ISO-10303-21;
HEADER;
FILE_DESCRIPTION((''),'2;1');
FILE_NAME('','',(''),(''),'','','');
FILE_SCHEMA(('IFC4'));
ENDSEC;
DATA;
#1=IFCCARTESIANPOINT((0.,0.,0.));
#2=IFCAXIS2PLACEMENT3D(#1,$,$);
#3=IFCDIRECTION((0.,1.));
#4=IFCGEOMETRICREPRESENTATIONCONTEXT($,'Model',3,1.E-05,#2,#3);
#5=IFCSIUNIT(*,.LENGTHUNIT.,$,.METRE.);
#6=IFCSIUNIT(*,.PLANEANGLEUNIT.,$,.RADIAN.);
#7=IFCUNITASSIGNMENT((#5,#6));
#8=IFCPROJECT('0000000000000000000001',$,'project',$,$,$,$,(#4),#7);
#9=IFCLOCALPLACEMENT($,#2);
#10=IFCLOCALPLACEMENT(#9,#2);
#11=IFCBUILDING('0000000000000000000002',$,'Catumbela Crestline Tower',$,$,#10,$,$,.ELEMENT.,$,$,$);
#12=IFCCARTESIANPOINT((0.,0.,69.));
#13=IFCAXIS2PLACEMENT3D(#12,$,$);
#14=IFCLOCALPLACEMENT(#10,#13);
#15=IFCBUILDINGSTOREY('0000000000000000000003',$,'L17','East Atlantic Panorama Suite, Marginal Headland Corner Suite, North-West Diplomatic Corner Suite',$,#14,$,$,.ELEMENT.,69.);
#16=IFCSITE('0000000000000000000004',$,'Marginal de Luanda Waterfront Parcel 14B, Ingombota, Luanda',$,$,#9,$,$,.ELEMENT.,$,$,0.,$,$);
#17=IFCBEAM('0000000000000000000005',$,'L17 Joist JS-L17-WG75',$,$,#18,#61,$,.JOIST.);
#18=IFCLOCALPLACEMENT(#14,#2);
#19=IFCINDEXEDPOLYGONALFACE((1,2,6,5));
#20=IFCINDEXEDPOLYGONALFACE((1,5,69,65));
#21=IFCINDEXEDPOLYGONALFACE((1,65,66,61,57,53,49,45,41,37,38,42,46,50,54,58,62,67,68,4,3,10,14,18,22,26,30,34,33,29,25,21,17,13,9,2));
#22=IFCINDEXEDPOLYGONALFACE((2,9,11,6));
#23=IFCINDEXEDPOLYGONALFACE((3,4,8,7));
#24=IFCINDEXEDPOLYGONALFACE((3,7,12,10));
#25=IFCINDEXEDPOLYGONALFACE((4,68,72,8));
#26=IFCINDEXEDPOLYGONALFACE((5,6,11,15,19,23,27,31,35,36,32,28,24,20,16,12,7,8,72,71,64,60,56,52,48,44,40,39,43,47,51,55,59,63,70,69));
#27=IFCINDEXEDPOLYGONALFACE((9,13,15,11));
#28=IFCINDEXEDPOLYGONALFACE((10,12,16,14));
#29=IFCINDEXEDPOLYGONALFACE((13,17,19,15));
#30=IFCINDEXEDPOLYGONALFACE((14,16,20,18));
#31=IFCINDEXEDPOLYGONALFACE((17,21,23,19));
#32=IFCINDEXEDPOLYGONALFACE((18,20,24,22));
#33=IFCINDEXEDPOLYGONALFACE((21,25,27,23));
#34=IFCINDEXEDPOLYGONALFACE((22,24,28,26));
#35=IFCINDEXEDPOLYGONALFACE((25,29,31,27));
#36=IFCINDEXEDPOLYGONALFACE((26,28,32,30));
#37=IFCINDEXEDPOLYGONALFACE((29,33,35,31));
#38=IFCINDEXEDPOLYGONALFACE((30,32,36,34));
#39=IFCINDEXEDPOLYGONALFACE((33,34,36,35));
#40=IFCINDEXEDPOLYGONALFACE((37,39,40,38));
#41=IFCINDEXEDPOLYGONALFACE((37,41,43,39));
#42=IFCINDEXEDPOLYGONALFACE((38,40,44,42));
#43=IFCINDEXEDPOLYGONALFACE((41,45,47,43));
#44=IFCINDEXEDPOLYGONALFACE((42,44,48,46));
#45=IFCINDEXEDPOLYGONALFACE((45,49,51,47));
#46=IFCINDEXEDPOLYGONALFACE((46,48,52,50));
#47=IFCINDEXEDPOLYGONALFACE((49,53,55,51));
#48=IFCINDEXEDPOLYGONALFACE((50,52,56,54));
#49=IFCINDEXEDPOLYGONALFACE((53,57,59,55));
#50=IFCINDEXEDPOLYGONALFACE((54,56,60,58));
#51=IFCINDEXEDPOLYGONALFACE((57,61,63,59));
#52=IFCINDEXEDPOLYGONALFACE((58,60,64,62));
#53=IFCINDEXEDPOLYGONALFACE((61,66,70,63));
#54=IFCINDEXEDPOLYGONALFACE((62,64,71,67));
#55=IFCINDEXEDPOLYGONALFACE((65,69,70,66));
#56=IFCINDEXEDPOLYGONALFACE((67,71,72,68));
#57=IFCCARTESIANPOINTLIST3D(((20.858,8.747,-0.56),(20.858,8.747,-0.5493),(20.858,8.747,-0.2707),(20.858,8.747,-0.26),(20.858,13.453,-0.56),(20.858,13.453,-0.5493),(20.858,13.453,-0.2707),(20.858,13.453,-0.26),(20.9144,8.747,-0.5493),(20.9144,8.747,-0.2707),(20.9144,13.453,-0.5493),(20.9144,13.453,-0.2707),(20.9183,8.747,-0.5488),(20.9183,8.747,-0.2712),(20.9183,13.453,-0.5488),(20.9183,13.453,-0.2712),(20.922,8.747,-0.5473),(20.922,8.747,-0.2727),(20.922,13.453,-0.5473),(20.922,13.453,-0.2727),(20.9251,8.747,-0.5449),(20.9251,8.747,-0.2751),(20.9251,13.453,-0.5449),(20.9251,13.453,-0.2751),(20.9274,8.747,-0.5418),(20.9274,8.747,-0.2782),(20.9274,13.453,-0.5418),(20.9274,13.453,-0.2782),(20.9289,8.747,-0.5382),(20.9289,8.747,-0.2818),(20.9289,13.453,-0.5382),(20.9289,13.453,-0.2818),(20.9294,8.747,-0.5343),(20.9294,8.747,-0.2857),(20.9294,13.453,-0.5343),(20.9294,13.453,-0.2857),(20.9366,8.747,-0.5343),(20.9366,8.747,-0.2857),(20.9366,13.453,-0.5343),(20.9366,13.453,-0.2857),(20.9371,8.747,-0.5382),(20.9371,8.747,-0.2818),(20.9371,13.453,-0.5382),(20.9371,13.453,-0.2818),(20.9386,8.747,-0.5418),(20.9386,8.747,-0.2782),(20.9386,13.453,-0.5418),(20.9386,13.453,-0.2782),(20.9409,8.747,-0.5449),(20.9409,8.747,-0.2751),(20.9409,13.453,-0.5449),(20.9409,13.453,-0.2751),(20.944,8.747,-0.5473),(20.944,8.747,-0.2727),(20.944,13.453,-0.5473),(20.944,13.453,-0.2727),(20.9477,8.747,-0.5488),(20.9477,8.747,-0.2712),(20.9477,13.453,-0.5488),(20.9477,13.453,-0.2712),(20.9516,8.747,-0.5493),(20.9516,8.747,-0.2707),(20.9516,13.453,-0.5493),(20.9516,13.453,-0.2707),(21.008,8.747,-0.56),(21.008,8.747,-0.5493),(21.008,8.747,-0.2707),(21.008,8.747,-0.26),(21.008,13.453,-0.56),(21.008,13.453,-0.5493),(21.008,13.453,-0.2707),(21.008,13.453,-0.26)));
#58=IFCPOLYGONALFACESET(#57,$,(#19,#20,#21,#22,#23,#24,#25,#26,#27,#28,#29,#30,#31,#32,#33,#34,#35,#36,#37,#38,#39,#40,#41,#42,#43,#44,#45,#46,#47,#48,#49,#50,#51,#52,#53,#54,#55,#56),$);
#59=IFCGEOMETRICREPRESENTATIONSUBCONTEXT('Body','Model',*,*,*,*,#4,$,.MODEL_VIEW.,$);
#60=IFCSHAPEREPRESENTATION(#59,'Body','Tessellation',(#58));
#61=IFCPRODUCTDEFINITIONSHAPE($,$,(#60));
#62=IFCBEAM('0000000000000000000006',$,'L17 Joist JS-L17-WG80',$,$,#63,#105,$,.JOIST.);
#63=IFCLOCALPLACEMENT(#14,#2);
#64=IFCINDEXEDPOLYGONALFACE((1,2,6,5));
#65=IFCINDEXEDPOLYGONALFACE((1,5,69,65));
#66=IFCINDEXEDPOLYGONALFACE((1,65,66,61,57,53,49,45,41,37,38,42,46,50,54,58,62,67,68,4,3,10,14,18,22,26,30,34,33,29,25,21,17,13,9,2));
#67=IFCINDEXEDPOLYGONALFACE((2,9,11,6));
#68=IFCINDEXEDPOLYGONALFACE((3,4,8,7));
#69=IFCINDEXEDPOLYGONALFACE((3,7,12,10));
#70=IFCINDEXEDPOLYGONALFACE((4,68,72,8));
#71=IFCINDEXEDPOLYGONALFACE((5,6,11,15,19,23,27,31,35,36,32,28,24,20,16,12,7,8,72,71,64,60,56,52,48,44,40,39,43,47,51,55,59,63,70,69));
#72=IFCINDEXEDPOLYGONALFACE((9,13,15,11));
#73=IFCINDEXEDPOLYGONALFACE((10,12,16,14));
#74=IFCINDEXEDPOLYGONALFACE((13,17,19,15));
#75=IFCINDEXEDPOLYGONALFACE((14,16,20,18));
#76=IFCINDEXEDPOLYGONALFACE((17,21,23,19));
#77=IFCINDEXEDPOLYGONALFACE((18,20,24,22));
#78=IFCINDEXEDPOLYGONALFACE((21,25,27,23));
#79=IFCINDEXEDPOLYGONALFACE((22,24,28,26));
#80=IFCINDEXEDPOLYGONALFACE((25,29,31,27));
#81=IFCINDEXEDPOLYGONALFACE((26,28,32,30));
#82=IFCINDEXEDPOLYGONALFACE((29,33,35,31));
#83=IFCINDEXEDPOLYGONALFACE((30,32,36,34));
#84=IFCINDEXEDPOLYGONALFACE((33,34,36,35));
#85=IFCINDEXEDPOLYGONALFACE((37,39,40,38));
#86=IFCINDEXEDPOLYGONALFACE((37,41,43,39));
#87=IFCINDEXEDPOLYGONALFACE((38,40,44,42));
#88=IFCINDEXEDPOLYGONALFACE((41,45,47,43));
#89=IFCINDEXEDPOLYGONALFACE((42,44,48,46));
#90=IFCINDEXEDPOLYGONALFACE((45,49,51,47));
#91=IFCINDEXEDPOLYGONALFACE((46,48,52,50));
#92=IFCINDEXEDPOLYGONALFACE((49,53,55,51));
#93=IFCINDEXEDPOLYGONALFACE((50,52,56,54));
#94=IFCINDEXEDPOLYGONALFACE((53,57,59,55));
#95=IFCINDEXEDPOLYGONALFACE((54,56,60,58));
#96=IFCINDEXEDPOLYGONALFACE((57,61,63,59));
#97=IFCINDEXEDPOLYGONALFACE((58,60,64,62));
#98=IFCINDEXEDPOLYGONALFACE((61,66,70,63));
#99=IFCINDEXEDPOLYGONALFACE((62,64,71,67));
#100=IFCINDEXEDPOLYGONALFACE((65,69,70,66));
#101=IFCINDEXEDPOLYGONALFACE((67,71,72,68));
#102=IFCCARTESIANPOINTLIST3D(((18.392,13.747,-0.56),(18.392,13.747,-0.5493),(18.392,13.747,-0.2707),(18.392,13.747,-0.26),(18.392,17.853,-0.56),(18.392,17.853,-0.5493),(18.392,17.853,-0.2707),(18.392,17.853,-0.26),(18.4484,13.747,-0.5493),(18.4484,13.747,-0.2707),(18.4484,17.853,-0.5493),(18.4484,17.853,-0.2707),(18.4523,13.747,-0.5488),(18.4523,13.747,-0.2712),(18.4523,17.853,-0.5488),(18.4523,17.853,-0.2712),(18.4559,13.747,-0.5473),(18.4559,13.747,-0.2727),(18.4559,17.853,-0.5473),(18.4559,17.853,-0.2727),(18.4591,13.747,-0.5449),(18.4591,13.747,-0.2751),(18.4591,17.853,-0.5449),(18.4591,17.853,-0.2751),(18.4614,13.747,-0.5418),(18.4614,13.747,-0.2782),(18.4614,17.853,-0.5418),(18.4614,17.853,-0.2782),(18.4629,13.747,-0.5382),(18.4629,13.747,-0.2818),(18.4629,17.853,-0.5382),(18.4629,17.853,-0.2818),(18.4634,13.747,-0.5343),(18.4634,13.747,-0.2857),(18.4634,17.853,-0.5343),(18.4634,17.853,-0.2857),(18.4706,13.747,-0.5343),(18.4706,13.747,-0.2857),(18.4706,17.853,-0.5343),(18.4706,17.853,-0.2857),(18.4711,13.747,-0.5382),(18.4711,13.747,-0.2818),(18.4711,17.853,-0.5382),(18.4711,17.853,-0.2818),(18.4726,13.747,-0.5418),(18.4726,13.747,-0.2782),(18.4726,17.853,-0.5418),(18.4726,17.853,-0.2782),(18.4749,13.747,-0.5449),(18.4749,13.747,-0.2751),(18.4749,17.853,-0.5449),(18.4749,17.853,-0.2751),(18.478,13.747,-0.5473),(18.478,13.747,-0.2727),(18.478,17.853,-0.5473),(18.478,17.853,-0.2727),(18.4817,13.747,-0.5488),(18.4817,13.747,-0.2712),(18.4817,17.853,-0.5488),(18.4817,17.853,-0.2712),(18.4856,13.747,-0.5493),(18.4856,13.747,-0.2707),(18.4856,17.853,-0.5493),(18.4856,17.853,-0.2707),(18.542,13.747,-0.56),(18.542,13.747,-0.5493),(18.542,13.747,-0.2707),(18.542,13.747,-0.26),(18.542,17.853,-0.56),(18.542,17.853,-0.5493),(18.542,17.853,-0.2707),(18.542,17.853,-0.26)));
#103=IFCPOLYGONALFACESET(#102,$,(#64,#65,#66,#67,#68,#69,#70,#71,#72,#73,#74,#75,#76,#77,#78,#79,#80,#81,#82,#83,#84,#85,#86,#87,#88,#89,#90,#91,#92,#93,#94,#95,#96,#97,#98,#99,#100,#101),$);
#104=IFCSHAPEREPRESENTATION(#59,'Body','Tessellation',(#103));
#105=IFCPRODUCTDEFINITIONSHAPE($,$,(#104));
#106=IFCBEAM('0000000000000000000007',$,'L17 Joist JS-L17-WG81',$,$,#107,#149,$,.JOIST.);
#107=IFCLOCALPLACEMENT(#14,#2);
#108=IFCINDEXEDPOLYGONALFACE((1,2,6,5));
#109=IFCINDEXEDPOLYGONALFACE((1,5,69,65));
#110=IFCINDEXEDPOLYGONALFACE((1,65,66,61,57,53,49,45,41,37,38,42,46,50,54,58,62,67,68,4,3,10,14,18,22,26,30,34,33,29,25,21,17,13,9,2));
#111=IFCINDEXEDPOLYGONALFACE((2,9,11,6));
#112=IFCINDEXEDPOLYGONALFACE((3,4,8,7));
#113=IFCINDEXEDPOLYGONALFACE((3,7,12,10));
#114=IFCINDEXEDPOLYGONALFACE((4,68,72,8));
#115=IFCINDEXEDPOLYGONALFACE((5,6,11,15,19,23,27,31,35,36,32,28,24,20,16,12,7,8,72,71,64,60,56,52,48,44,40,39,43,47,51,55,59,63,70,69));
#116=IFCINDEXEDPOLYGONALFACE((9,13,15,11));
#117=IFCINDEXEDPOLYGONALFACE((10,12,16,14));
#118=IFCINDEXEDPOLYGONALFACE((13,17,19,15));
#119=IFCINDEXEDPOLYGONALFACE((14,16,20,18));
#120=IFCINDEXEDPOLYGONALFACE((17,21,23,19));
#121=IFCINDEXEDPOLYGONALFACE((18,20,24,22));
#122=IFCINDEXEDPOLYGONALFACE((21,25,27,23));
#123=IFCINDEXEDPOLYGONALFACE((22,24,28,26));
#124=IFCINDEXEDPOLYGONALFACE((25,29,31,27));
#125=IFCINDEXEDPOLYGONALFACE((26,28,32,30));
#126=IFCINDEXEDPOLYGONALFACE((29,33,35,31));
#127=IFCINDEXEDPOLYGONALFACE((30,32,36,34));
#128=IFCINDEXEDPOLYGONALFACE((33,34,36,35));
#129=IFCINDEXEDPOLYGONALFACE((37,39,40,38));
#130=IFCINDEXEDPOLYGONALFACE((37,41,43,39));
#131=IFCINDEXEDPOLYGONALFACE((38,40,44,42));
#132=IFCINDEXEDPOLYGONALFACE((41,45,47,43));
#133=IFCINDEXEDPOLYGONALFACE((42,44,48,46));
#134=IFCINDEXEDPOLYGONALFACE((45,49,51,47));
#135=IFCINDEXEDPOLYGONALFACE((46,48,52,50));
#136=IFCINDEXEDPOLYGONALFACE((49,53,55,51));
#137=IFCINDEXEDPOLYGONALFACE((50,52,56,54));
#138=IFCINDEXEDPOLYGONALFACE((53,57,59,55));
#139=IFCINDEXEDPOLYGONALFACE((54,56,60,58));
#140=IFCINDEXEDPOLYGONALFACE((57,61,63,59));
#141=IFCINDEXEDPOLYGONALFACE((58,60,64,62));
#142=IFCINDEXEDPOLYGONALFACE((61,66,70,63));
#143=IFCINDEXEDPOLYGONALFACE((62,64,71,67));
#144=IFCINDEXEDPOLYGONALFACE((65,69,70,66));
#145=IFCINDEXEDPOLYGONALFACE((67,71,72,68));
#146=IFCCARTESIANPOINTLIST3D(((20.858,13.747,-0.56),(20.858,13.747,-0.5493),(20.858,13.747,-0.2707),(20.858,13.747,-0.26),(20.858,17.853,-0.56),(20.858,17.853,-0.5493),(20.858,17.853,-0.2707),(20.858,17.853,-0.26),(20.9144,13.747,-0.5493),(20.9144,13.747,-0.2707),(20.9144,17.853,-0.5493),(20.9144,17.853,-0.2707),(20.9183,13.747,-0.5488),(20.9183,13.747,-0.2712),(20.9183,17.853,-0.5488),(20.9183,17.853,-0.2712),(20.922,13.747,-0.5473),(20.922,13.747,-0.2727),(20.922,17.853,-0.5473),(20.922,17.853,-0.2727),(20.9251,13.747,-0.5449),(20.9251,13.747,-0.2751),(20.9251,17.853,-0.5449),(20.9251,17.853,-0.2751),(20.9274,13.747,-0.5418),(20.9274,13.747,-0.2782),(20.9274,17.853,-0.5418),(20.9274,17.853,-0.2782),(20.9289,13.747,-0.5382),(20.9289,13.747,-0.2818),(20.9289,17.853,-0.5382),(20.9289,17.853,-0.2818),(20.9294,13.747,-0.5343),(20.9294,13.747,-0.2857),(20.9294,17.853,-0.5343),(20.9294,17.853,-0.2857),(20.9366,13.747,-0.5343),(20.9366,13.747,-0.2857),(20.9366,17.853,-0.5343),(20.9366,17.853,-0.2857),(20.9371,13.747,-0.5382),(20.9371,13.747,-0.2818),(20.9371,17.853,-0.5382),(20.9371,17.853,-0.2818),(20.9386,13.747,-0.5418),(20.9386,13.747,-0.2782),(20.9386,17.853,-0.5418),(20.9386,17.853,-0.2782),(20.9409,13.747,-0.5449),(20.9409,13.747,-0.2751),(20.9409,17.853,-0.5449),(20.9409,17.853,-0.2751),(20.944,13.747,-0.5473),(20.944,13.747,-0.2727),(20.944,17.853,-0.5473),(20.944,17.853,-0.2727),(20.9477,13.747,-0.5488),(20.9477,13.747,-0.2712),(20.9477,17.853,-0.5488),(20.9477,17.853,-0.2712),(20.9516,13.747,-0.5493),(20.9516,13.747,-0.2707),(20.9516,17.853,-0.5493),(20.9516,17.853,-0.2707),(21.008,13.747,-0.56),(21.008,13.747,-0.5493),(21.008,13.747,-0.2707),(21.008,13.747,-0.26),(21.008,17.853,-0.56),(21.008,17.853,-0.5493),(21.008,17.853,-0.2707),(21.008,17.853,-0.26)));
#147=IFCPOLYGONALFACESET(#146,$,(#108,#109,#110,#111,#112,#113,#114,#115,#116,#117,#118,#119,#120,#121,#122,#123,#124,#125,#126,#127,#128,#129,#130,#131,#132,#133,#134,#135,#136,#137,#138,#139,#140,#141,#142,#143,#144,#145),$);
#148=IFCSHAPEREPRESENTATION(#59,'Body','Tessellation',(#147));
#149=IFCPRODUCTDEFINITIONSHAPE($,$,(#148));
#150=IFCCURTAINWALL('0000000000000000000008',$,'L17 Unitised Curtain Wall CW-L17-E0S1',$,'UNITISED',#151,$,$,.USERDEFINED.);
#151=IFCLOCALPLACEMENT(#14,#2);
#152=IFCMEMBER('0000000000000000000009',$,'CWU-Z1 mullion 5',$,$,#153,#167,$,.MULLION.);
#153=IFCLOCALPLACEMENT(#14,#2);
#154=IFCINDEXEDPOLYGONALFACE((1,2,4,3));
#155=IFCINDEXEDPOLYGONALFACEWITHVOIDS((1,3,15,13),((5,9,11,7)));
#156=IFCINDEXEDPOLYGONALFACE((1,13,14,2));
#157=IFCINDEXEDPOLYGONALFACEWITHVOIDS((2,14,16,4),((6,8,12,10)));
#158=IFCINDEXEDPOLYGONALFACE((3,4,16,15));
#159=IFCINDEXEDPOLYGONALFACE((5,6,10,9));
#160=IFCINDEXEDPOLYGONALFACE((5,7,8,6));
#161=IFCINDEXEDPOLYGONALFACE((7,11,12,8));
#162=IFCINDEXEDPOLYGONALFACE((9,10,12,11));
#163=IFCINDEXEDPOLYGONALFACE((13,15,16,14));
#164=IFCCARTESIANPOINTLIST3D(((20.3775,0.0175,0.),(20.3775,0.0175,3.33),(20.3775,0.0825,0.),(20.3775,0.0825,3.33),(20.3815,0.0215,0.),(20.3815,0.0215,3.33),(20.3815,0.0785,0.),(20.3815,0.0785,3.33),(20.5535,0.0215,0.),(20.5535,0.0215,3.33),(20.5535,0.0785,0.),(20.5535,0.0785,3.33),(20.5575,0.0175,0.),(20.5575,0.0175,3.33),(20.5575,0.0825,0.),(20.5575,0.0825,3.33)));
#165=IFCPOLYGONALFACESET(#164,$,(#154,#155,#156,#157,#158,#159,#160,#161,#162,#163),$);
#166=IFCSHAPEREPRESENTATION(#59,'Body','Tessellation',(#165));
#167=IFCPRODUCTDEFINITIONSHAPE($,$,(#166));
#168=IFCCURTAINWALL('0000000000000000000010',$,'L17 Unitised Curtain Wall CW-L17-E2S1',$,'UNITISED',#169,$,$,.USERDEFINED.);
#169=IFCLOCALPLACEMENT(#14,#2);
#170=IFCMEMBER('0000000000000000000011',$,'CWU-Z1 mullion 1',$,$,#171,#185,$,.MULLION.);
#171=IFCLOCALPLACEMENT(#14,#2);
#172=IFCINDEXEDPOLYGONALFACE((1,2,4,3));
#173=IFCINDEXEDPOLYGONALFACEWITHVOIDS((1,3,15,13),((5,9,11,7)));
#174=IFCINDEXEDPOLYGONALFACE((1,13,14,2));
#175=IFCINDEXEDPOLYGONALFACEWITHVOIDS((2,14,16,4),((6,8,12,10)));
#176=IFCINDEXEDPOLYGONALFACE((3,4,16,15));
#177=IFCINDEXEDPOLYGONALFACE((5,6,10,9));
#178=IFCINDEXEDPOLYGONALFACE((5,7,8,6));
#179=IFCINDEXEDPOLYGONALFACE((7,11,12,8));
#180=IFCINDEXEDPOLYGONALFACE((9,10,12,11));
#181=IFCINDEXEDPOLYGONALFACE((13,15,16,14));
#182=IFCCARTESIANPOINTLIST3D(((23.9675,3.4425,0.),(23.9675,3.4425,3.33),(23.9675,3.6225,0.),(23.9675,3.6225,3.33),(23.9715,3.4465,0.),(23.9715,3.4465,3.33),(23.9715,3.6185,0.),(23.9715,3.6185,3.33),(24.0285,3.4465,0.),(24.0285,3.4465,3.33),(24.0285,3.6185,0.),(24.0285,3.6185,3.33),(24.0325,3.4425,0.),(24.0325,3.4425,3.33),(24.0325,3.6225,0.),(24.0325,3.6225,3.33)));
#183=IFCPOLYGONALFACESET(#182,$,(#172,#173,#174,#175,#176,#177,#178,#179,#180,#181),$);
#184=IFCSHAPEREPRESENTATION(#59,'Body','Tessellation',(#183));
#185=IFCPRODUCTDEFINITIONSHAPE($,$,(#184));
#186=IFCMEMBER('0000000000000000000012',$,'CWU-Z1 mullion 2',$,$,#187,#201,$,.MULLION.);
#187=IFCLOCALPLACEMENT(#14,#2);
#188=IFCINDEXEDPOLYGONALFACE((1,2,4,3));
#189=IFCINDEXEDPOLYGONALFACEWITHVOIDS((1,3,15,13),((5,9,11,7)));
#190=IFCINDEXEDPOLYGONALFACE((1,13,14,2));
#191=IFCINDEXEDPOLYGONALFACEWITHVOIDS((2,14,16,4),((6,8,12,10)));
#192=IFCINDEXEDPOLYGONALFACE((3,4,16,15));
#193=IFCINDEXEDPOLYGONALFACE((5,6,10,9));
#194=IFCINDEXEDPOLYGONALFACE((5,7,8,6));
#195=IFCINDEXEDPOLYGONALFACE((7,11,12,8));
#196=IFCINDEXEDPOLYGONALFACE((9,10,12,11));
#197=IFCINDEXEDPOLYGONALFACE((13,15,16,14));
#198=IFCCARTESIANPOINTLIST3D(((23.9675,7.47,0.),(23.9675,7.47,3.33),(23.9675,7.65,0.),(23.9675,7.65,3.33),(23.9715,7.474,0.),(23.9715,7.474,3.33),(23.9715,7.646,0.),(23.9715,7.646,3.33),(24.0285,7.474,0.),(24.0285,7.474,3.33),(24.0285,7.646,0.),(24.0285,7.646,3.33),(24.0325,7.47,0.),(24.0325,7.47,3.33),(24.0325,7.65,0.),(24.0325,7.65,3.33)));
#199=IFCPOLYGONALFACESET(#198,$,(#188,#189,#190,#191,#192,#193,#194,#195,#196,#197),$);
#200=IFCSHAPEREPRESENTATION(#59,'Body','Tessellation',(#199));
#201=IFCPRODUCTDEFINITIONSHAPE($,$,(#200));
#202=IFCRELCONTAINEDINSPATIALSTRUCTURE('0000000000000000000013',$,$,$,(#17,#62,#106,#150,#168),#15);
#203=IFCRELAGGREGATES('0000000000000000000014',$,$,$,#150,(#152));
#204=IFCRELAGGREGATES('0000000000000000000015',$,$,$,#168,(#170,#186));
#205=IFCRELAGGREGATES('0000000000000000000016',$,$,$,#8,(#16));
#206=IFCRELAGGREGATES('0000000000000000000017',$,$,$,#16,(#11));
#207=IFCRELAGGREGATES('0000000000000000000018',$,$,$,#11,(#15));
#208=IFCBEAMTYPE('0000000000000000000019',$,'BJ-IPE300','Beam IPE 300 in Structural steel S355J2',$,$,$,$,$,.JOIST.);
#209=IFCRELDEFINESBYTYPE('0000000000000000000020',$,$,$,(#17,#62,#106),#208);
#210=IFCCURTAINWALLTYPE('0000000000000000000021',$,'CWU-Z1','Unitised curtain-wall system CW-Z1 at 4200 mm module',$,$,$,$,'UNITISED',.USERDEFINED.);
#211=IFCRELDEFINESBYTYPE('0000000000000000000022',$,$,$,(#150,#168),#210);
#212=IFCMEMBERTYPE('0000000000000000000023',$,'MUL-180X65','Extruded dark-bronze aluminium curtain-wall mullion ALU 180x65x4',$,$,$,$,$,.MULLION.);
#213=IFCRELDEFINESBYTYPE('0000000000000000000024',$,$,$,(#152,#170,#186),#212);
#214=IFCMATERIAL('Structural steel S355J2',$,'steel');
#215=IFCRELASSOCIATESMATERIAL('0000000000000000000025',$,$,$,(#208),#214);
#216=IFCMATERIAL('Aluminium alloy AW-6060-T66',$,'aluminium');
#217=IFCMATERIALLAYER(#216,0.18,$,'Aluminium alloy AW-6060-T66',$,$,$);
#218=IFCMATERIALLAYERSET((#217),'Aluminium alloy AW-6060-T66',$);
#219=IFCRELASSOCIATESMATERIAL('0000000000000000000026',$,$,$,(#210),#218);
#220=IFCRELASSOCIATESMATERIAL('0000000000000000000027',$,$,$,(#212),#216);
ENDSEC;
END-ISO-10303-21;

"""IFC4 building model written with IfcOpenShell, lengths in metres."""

from ifc_helpers import new_model, si_unit, direction, frame, origin, origin_2d, place, context, subcontext, project, spatial, hollow_rectangle, i_section, extrude, material, layer, layer_set, material_profile, profile_set, type_object, element, aggregate, save


model = new_model("IFC4")

# Units and contexts
model_context = context("Model", 3, precision=1e-05, world=origin(), true_north=direction((0.0, 1.0)))
body_context = subcontext(model_context, "Body", "Model", "MODEL_VIEW")
ifc_project = project(units=[si_unit("LENGTHUNIT", "METRE"), si_unit("PLANEANGLEUNIT", "RADIAN")], contexts=[model_context])

# Site, building, storey
site_placement = place(None, origin())
site = spatial("IfcSite", under=ifc_project, at=site_placement, Name="Marginal de Luanda Waterfront Parcel 14B, Ingombota, Luanda", CompositionType="ELEMENT", RefElevation=0.0)
building_placement = place(site_placement, origin())
building = spatial("IfcBuilding", under=site, at=building_placement, Name="Catumbela Crestline Tower", CompositionType="ELEMENT")
storey_placement = place(building_placement, frame((0.0, 0.0, 69.0)))
storey = spatial("IfcBuildingStorey", under=building, at=storey_placement, Name="L17", Description="East Atlantic Panorama Suite, Marginal Headland Corner Suite, North-West Diplomatic Corner Suite", CompositionType="ELEMENT", Elevation=69.0)

# Beams
ifc_material_1 = material(Name="Structural steel S355J2", Category="steel")
ifc_material_profile_1 = material_profile(ifc_material_1, i_section(OverallWidth=0.15, OverallDepth=0.3, WebThickness=0.0071, FlangeThickness=0.0107, FilletRadius=0.015, at=origin_2d()), Name="IPE 300")
ifc_profile_set_1 = profile_set([ifc_material_profile_1], Name="Structural steel S355J2")
beam_type_1 = type_object("IfcBeamType", Name="BJ-IPE300", Description="Beam IPE 300 in Structural steel S355J2", PredefinedType="JOIST", material=ifc_profile_set_1)
for number, where, z_axis, x_axis, name in (
    (1, (20.933, 8.747, -0.41), (0.0, 1.0, 0.0), (-1.0, 0.0, 0.0), "L17 Joist JS-L17-WG75"),
):
    element("IfcBeam", number, at=place(storey_placement, frame(where, z_axis=z_axis, x_axis=x_axis)), inside=storey, type_object=beam_type_1, Name=name, PredefinedType="JOIST", context=body_context, shape_type="SweptSolid", body=[
        extrude(i_section(OverallWidth=0.15, OverallDepth=0.3, WebThickness=0.0071, FlangeThickness=0.0107, FilletRadius=0.015, at=origin_2d()), origin(), (0.0, 0.0, 1.0), 4.706),
    ])
for number, where, z_axis, x_axis, name in (
    (2, (18.467, 13.747, -0.41), (0.0, 1.0, 0.0), (-1.0, 0.0, 0.0), "L17 Joist JS-L17-WG80"),
    (3, (20.933, 13.747, -0.41), (0.0, 1.0, 0.0), (-1.0, 0.0, 0.0), "L17 Joist JS-L17-WG81"),
):
    element("IfcBeam", number, at=place(storey_placement, frame(where, z_axis=z_axis, x_axis=x_axis)), inside=storey, type_object=beam_type_1, Name=name, PredefinedType="JOIST", context=body_context, shape_type="SweptSolid", body=[
        extrude(i_section(OverallWidth=0.15, OverallDepth=0.3, WebThickness=0.0071, FlangeThickness=0.0107, FilletRadius=0.015, at=origin_2d()), origin(), (0.0, 0.0, 1.0), 4.106),
    ])

# Curtain wall, member
ifc_material_2 = material(Name="Aluminium alloy AW-6060-T66", Category="aluminium")
ifc_layer_1 = layer(ifc_material_2, 0.18, Name="Aluminium alloy AW-6060-T66")
ifc_layer_set_1 = layer_set([ifc_layer_1], Name="Aluminium alloy AW-6060-T66")
curtain_wall_type = type_object("IfcCurtainWallType", Name="CWU-Z1", Description="Unitised curtain-wall system CW-Z1 at 4200 mm module", ElementType="UNITISED", PredefinedType="USERDEFINED", material=ifc_layer_set_1)
curtain_wall_1_placement = place(storey_placement, origin())
curtain_wall_1 = element("IfcCurtainWall", 4, at=curtain_wall_1_placement, inside=storey, type_object=curtain_wall_type, Name="L17 Unitised Curtain Wall CW-L17-E0S1", ObjectType="UNITISED", PredefinedType="USERDEFINED")
ifc_material_profile_2 = material_profile(ifc_material_2, hollow_rectangle(XDim=0.065, YDim=0.18, WallThickness=0.004, at=origin_2d()), Name="ALU 180x65x4")
ifc_profile_set_2 = profile_set([ifc_material_profile_2], Name="Aluminium alloy AW-6060-T66")
member_type_1 = type_object("IfcMemberType", Name="MUL-180X65", Description="Extruded dark-bronze aluminium curtain-wall mullion ALU 180x65x4", PredefinedType="MULLION", material=ifc_profile_set_2)
member_1_placement = place(storey_placement, frame((20.4675, 0.05, 0.0), z_axis=(0.0, 0.0, 1.0), x_axis=(0.0, 1.0, 0.0)))
member_1 = element("IfcMember", 5, at=member_1_placement, type_object=member_type_1, Name="CWU-Z1 mullion 5", PredefinedType="MULLION", context=body_context, shape_type="SweptSolid", body=[
    extrude(hollow_rectangle(XDim=0.065, YDim=0.18, WallThickness=0.004, at=origin_2d()), origin(), (0.0, 0.0, 1.0), 3.33),
])

# Curtain wall, members
curtain_wall_2_placement = place(storey_placement, origin())
curtain_wall_2 = element("IfcCurtainWall", 6, at=curtain_wall_2_placement, inside=storey, type_object=curtain_wall_type, Name="L17 Unitised Curtain Wall CW-L17-E2S1", ObjectType="UNITISED", PredefinedType="USERDEFINED")
member_2_placement = place(storey_placement, frame((24.0, 3.5325, 0.0), z_axis=(0.0, 0.0, 1.0), x_axis=(-1.0, 0.0, 0.0)))
member_2 = element("IfcMember", 7, at=member_2_placement, type_object=member_type_1, Name="CWU-Z1 mullion 1", PredefinedType="MULLION", context=body_context, shape_type="SweptSolid", body=[
    extrude(hollow_rectangle(XDim=0.065, YDim=0.18, WallThickness=0.004, at=origin_2d()), origin(), (0.0, 0.0, 1.0), 3.33),
])
member_3_placement = place(storey_placement, frame((24.0, 7.56, 0.0), z_axis=(0.0, 0.0, 1.0), x_axis=(-1.0, 0.0, 0.0)))
member_3 = element("IfcMember", 8, at=member_3_placement, type_object=member_type_1, Name="CWU-Z1 mullion 2", PredefinedType="MULLION", context=body_context, shape_type="SweptSolid", body=[
    extrude(hollow_rectangle(XDim=0.065, YDim=0.18, WallThickness=0.004, at=origin_2d()), origin(), (0.0, 0.0, 1.0), 3.33),
])

aggregate(curtain_wall_1, [member_1])
aggregate(curtain_wall_2, [member_2, member_3])

save(model, "model.ifc")
